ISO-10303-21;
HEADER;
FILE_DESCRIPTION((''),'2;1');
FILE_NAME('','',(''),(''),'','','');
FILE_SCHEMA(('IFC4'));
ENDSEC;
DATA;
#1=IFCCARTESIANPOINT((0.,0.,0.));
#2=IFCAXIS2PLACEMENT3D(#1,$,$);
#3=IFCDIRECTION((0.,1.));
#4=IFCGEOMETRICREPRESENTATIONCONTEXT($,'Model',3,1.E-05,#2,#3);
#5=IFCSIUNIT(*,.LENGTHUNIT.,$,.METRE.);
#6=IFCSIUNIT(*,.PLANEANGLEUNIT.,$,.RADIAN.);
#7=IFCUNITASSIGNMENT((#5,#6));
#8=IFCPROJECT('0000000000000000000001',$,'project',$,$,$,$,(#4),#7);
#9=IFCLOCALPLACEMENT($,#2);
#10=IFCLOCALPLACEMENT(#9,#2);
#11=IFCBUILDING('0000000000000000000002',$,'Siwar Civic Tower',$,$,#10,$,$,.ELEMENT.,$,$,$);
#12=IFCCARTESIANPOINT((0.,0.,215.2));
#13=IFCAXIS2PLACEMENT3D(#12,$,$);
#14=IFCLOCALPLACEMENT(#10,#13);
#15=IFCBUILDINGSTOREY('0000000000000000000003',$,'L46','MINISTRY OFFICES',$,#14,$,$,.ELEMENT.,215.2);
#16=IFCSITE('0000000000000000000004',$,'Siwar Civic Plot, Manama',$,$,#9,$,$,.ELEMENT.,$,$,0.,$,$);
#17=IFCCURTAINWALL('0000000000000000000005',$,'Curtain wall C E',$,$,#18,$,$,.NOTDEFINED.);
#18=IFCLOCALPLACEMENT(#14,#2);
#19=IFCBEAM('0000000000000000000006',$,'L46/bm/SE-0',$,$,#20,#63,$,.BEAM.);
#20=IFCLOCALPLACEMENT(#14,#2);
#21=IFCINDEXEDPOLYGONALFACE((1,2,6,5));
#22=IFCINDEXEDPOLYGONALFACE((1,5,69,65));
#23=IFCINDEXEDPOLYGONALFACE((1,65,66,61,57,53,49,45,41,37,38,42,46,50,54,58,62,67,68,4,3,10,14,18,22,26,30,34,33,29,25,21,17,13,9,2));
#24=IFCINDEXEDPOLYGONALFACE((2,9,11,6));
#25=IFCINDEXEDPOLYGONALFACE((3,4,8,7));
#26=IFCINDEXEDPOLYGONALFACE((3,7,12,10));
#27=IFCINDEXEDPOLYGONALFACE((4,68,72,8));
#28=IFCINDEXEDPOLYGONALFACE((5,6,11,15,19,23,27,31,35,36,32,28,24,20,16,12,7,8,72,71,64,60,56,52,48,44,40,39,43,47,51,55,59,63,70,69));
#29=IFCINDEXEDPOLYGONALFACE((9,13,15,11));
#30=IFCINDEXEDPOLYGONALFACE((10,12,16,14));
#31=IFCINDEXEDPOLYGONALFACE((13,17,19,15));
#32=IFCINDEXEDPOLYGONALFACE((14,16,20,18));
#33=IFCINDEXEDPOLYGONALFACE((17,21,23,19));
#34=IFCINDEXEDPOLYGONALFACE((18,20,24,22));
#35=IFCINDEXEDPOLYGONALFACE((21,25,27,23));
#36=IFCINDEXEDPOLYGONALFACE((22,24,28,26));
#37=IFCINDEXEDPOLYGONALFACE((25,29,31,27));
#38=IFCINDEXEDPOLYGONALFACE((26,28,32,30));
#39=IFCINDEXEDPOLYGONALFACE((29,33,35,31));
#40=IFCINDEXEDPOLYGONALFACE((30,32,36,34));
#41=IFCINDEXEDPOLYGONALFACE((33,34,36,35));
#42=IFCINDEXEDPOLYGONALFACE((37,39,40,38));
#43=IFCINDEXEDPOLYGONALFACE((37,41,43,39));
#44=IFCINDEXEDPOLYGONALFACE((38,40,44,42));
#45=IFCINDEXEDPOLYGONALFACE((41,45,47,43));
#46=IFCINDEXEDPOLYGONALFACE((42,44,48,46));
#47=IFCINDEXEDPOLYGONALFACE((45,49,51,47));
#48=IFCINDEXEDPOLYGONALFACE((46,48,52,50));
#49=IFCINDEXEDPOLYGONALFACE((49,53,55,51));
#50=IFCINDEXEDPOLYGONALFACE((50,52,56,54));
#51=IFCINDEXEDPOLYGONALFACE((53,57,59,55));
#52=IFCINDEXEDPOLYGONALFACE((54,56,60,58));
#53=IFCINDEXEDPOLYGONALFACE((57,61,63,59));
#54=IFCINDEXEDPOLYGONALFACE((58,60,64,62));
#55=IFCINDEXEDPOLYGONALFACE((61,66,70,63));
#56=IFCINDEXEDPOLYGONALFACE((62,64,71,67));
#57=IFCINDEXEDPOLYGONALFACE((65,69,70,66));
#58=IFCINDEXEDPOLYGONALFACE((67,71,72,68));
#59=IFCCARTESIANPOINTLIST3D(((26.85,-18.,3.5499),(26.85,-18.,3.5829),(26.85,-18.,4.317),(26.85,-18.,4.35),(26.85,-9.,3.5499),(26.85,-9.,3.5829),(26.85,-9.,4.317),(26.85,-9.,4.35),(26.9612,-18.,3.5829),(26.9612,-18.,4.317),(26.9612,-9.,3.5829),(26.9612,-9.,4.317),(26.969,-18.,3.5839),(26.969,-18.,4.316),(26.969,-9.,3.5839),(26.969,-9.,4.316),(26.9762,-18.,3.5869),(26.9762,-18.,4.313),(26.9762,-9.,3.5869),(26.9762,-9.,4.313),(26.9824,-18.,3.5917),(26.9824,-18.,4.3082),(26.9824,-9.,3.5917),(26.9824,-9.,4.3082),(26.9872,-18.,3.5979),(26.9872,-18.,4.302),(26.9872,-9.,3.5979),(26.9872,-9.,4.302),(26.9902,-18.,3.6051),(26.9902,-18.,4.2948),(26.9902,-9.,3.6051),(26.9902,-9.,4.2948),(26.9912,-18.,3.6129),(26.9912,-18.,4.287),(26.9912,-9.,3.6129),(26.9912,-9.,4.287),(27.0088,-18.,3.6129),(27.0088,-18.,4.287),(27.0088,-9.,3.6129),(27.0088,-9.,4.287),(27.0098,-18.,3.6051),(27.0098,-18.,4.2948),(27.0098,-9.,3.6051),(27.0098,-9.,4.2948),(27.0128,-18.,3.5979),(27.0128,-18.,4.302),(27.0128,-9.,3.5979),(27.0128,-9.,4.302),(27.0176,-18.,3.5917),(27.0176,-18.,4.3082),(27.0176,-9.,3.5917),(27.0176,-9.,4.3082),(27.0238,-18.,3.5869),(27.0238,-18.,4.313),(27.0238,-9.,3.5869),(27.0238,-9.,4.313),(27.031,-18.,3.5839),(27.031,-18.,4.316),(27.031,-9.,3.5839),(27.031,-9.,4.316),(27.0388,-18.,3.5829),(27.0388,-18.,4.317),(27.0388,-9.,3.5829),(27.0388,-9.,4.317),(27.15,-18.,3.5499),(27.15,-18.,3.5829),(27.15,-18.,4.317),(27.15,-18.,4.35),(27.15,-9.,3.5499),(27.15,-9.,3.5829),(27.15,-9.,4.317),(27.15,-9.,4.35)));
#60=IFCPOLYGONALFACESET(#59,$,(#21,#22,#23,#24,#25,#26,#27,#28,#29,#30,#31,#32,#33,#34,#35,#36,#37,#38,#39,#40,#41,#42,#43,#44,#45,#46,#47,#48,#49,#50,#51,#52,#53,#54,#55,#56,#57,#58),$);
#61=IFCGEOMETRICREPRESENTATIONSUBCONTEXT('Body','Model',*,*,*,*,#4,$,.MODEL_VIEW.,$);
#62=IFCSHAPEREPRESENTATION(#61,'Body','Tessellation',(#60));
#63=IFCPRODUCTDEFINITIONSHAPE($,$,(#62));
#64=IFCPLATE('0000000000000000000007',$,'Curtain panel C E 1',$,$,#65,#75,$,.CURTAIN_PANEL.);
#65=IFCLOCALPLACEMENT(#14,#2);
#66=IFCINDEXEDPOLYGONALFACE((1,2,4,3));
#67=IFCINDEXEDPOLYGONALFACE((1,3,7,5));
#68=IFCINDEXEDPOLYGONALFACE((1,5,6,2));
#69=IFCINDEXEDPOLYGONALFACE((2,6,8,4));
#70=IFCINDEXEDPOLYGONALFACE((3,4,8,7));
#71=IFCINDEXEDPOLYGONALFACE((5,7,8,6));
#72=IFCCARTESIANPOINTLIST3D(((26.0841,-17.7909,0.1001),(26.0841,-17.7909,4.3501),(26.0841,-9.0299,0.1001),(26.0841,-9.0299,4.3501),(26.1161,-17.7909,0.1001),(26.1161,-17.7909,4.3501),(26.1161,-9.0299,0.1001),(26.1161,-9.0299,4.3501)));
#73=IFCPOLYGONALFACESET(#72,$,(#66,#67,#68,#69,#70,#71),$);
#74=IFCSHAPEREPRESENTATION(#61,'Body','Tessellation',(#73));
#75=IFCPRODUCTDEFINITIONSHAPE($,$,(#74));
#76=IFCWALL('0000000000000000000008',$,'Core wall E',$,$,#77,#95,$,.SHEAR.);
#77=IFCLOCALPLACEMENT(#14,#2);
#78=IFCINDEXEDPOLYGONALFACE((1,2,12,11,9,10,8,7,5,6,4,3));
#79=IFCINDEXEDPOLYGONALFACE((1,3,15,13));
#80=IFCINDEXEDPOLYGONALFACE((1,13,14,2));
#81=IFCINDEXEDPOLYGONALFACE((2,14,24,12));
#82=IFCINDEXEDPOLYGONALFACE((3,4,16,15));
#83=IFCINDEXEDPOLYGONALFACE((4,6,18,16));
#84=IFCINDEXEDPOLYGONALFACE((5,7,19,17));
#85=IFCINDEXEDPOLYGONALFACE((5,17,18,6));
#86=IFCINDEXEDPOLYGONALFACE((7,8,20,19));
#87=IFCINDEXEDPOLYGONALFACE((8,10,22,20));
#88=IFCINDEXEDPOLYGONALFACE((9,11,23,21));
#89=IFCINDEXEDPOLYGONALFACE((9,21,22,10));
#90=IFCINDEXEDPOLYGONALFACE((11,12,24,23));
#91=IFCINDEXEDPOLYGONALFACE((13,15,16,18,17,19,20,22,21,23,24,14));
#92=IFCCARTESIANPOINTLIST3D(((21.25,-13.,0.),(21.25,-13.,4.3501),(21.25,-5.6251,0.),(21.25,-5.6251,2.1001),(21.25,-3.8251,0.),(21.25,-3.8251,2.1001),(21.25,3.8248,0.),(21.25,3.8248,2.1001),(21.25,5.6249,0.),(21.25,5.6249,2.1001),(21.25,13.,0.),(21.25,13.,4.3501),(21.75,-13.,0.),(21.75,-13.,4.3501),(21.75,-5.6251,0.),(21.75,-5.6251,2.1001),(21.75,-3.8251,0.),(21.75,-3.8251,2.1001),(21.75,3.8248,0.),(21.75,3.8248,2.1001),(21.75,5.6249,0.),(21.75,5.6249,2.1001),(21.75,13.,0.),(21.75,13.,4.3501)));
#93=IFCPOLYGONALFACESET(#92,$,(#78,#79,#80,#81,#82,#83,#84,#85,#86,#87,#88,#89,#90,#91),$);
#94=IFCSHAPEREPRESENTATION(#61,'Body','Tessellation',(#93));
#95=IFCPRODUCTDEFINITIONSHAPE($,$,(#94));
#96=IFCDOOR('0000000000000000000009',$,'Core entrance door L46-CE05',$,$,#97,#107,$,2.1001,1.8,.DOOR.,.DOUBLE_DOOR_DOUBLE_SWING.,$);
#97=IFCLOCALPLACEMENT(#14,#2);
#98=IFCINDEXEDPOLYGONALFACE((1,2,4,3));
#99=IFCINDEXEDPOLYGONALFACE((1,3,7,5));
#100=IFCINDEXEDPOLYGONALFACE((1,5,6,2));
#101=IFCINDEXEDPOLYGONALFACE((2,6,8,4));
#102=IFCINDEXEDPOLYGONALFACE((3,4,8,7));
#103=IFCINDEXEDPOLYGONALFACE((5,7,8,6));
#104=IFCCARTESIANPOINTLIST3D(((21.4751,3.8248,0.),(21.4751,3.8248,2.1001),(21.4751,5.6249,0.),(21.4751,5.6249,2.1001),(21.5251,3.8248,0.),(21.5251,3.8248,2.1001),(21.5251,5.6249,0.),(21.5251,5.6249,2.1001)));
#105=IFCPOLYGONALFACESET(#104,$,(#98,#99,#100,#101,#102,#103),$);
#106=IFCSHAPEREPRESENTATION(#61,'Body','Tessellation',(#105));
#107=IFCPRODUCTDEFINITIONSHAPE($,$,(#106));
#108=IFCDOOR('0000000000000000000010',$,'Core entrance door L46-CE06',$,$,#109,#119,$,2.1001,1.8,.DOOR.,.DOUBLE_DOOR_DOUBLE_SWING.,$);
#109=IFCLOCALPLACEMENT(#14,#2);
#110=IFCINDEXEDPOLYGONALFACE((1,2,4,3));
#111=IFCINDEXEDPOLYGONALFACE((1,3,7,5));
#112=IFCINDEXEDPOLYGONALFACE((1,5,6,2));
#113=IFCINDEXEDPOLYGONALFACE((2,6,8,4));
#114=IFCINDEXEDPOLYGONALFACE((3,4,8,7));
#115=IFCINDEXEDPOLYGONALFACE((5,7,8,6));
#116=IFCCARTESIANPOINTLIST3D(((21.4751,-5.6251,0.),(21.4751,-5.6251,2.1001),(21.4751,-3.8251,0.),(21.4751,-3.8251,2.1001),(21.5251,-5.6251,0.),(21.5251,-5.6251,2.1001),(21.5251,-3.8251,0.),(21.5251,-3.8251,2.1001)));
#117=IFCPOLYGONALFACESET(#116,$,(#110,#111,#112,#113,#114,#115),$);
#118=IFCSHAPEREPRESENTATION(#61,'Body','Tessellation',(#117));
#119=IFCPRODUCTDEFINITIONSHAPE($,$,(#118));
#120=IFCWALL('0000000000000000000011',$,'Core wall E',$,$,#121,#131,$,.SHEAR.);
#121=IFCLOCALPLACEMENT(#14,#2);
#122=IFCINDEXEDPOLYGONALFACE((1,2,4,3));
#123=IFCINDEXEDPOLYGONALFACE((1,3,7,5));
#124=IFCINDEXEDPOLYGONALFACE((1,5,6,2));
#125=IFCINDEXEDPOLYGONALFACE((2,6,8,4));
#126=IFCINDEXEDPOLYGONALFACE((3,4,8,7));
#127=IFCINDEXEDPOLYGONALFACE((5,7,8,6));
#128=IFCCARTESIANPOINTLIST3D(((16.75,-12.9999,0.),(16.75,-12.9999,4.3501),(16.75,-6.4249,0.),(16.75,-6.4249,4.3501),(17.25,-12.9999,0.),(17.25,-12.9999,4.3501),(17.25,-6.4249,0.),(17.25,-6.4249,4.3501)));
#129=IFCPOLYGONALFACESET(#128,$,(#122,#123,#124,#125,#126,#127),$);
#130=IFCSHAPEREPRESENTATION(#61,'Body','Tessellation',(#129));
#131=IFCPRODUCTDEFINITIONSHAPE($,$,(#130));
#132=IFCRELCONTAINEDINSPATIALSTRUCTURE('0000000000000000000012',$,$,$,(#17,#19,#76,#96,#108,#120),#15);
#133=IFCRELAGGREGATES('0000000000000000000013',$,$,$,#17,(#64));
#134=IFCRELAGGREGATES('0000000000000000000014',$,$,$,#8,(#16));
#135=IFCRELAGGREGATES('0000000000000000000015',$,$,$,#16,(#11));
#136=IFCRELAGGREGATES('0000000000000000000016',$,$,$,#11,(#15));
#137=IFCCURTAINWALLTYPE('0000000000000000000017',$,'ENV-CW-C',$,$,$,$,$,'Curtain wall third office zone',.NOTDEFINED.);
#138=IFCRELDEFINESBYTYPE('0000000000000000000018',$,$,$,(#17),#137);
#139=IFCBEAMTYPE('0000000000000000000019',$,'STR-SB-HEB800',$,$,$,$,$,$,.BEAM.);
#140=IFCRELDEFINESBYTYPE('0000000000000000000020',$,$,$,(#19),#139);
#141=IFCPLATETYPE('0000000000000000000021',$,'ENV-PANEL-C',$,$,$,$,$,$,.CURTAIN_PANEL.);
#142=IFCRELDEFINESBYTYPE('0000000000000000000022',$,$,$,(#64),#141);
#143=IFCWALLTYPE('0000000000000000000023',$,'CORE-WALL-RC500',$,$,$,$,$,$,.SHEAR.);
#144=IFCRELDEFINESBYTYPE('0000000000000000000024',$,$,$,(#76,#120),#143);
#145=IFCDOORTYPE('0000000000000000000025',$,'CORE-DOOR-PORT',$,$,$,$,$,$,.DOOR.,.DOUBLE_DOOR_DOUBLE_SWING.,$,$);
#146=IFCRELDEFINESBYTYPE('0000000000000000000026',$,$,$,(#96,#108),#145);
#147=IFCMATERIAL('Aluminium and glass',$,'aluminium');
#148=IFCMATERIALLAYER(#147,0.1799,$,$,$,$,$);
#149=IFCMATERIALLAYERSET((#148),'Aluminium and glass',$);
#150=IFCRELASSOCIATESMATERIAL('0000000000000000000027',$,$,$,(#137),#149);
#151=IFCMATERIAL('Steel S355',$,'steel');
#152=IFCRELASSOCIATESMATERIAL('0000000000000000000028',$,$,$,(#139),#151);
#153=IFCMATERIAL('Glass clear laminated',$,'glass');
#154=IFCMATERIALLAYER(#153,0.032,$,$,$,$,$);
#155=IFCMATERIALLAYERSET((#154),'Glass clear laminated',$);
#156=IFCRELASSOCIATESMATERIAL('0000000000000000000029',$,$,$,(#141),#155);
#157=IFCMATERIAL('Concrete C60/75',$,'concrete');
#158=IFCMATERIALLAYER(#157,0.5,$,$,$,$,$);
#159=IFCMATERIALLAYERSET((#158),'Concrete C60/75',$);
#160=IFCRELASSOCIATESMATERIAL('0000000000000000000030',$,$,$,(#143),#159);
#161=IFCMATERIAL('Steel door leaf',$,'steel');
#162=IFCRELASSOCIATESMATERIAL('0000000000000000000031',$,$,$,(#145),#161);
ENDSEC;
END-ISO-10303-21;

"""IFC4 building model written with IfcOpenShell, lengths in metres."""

from ifc_helpers import new_model, si_unit, direction, frame, frame_2d, origin, origin_2d, place, context, subcontext, project, spatial, rectangle, i_section, extrude, material, layer, layer_set, material_profile, profile_set, type_object, element, fill, aggregate, save


model = new_model("IFC4")

# Units and contexts
model_context = context("Model", 3, precision=1e-05, world=origin(), true_north=direction((0.0, 1.0)))
body_context = subcontext(model_context, "Body", "Model", "MODEL_VIEW")
ifc_project = project(units=[si_unit("LENGTHUNIT", "METRE"), si_unit("PLANEANGLEUNIT", "RADIAN")], contexts=[model_context])

# Site, building, storey
site_placement = place(None, origin())
site = spatial("IfcSite", under=ifc_project, at=site_placement, Name="Siwar Civic Plot, Manama", CompositionType="ELEMENT", RefElevation=0.0)
building_placement = place(site_placement, origin())
building = spatial("IfcBuilding", under=site, at=building_placement, Name="Siwar Civic Tower", CompositionType="ELEMENT")
storey_placement = place(building_placement, frame((0.0, 0.0, 215.2)))
storey = spatial("IfcBuildingStorey", under=building, at=storey_placement, Name="L46", Description="MINISTRY OFFICES", CompositionType="ELEMENT", Elevation=215.2)

# Curtain wall
ifc_material_1 = material(Name="Aluminium and glass", Category="aluminium")
ifc_layer_1 = layer(ifc_material_1, 0.1799)
ifc_layer_set_1 = layer_set([ifc_layer_1], Name="Aluminium and glass")
curtain_wall_type = type_object("IfcCurtainWallType", Name="ENV-CW-C", ElementType="Curtain wall third office zone", PredefinedType="NOTDEFINED", material=ifc_layer_set_1)
curtain_wall_placement = place(storey_placement, origin())
curtain_wall = element("IfcCurtainWall", 1, at=curtain_wall_placement, inside=storey, type_object=curtain_wall_type, Name="Curtain wall C E", PredefinedType="NOTDEFINED")

# Beam
ifc_material_2 = material(Name="Steel S355", Category="steel")
ifc_material_profile_1 = material_profile(ifc_material_2, i_section(OverallWidth=0.3, OverallDepth=0.8, WebThickness=0.0176, FlangeThickness=0.033, FilletRadius=0.03, at=origin_2d()), Name="HEB800")
ifc_profile_set_1 = profile_set([ifc_material_profile_1], Name="Steel S355")
beam_type_1 = type_object("IfcBeamType", Name="STR-SB-HEB800", PredefinedType="BEAM", material=ifc_profile_set_1)
beam_1_placement = place(storey_placement, frame((27.0, -18.0, 3.95), z_axis=(0.0, 1.0, 0.0), x_axis=(-1.0, 0.0, 0.0)))
element("IfcBeam", 2, at=beam_1_placement, inside=storey, type_object=beam_type_1, Name="L46/bm/SE-0", PredefinedType="BEAM", context=body_context, shape_type="SweptSolid", body=[
    extrude(i_section(OverallWidth=0.3, OverallDepth=0.8, WebThickness=0.0176, FlangeThickness=0.033, FilletRadius=0.03, at=origin_2d()), origin(), (0.0, 0.0, 1.0), 9.0),
])

# Plate
ifc_material_3 = material(Name="Glass clear laminated", Category="glass")
ifc_layer_2 = layer(ifc_material_3, 0.032)
ifc_layer_set_2 = layer_set([ifc_layer_2], Name="Glass clear laminated")
plate_type = type_object("IfcPlateType", Name="ENV-PANEL-C", PredefinedType="CURTAIN_PANEL", material=ifc_layer_set_2)
plate_placement = place(storey_placement, frame((26.1001, -13.4104, 0.1001), z_axis=(0.0, 0.0, 1.0), x_axis=(0.0, 1.0, 0.0)))
plate = element("IfcPlate", 3, at=plate_placement, type_object=plate_type, Name="Curtain panel C E 1", PredefinedType="CURTAIN_PANEL", context=body_context, shape_type="SweptSolid", body=[
    extrude(rectangle(XDim=8.761, YDim=0.032, at=origin_2d()), origin(), (0.0, 0.0, 1.0), 4.25),
])
aggregate(curtain_wall, [plate])

# Wall, openings, doors
ifc_material_4 = material(Name="Concrete C60/75", Category="concrete")
ifc_layer_3 = layer(ifc_material_4, 0.5)
ifc_layer_set_3 = layer_set([ifc_layer_3], Name="Concrete C60/75")
wall_type_1 = type_object("IfcWallType", Name="CORE-WALL-RC500", PredefinedType="SHEAR", material=ifc_layer_set_3)
wall_1_placement = place(storey_placement, frame((21.5, -13.0, 0.0), z_axis=(0.0, 0.0, 1.0), x_axis=(0.0, 1.0, 0.0)))
wall_1 = element("IfcWall", 4, at=wall_1_placement, inside=storey, type_object=wall_type_1, Name="Core wall E", PredefinedType="SHEAR", context=body_context, shape_type="SweptSolid", body=[
    extrude(rectangle(XDim=26.0, YDim=0.5, at=frame_2d((13.0, 0.0))), origin(), (0.0, 0.0, 1.0), 4.3501),
])
opening_1_placement = place(wall_1_placement, frame((16.825, 0.0, 0.0)))
opening_1 = element("IfcOpeningElement", 5, at=opening_1_placement, cuts=wall_1, PredefinedType="OPENING", context=body_context, shape_type="SweptSolid", body=[
    extrude(rectangle(XDim=1.8, YDim=2.1001, at=frame_2d((0.8999, 1.05))), frame((0.0, 0.26, 0.0), z_axis=(0.0, -1.0, 0.0), x_axis=(1.0, 0.0, 0.0)), (0.0, 0.0, 1.0), 0.52),
])
opening_2_placement = place(wall_1_placement, frame((7.375, 0.0, 0.0)))
opening_2 = element("IfcOpeningElement", 6, at=opening_2_placement, cuts=wall_1, PredefinedType="OPENING", context=body_context, shape_type="SweptSolid", body=[
    extrude(rectangle(XDim=1.8, YDim=2.1001, at=frame_2d((0.8999, 1.05))), frame((0.0, 0.26, 0.0), z_axis=(0.0, -1.0, 0.0), x_axis=(1.0, 0.0, 0.0)), (0.0, 0.0, 1.0), 0.52),
])
ifc_material_5 = material(Name="Steel door leaf", Category="steel")
door_type_1 = type_object("IfcDoorType", Name="CORE-DOOR-PORT", OperationType="DOUBLE_DOOR_DOUBLE_SWING", PredefinedType="DOOR", material=ifc_material_5)
door_1_placement = place(opening_1_placement, origin())
door_1 = element("IfcDoor", 7, at=door_1_placement, inside=storey, type_object=door_type_1, Name="Core entrance door L46-CE05", OperationType="DOUBLE_DOOR_DOUBLE_SWING", OverallHeight=2.1001, OverallWidth=1.8, PredefinedType="DOOR", context=body_context, shape_type="SweptSolid", body=[
    extrude(rectangle(XDim=1.8, YDim=2.1001, at=frame_2d((0.8999, 1.05))), frame((0.0, 0.0249, 0.0), z_axis=(0.0, -1.0, 0.0), x_axis=(1.0, 0.0, 0.0)), (0.0, 0.0, 1.0), 0.05),
])
fill(opening_1, door_1)
door_2_placement = place(opening_2_placement, origin())
door_2 = element("IfcDoor", 8, at=door_2_placement, inside=storey, type_object=door_type_1, Name="Core entrance door L46-CE06", OperationType="DOUBLE_DOOR_DOUBLE_SWING", OverallHeight=2.1001, OverallWidth=1.8, PredefinedType="DOOR", context=body_context, shape_type="SweptSolid", body=[
    extrude(rectangle(XDim=1.8, YDim=2.1001, at=frame_2d((0.8999, 1.05))), frame((0.0, 0.0249, 0.0), z_axis=(0.0, -1.0, 0.0), x_axis=(1.0, 0.0, 0.0)), (0.0, 0.0, 1.0), 0.05),
])
fill(opening_2, door_2)

# Wall
wall_2_placement = place(storey_placement, frame((17.0, -13.0, 0.0), z_axis=(0.0, 0.0, 1.0), x_axis=(0.0, 1.0, 0.0)))
element("IfcWall", 9, at=wall_2_placement, inside=storey, type_object=wall_type_1, Name="Core wall E", PredefinedType="SHEAR", context=body_context, shape_type="SweptSolid", body=[
    extrude(rectangle(XDim=6.575, YDim=0.5, at=frame_2d((3.2876, 0.0))), origin(), (0.0, 0.0, 1.0), 4.3501),
])

save(model, "model.ifc")
